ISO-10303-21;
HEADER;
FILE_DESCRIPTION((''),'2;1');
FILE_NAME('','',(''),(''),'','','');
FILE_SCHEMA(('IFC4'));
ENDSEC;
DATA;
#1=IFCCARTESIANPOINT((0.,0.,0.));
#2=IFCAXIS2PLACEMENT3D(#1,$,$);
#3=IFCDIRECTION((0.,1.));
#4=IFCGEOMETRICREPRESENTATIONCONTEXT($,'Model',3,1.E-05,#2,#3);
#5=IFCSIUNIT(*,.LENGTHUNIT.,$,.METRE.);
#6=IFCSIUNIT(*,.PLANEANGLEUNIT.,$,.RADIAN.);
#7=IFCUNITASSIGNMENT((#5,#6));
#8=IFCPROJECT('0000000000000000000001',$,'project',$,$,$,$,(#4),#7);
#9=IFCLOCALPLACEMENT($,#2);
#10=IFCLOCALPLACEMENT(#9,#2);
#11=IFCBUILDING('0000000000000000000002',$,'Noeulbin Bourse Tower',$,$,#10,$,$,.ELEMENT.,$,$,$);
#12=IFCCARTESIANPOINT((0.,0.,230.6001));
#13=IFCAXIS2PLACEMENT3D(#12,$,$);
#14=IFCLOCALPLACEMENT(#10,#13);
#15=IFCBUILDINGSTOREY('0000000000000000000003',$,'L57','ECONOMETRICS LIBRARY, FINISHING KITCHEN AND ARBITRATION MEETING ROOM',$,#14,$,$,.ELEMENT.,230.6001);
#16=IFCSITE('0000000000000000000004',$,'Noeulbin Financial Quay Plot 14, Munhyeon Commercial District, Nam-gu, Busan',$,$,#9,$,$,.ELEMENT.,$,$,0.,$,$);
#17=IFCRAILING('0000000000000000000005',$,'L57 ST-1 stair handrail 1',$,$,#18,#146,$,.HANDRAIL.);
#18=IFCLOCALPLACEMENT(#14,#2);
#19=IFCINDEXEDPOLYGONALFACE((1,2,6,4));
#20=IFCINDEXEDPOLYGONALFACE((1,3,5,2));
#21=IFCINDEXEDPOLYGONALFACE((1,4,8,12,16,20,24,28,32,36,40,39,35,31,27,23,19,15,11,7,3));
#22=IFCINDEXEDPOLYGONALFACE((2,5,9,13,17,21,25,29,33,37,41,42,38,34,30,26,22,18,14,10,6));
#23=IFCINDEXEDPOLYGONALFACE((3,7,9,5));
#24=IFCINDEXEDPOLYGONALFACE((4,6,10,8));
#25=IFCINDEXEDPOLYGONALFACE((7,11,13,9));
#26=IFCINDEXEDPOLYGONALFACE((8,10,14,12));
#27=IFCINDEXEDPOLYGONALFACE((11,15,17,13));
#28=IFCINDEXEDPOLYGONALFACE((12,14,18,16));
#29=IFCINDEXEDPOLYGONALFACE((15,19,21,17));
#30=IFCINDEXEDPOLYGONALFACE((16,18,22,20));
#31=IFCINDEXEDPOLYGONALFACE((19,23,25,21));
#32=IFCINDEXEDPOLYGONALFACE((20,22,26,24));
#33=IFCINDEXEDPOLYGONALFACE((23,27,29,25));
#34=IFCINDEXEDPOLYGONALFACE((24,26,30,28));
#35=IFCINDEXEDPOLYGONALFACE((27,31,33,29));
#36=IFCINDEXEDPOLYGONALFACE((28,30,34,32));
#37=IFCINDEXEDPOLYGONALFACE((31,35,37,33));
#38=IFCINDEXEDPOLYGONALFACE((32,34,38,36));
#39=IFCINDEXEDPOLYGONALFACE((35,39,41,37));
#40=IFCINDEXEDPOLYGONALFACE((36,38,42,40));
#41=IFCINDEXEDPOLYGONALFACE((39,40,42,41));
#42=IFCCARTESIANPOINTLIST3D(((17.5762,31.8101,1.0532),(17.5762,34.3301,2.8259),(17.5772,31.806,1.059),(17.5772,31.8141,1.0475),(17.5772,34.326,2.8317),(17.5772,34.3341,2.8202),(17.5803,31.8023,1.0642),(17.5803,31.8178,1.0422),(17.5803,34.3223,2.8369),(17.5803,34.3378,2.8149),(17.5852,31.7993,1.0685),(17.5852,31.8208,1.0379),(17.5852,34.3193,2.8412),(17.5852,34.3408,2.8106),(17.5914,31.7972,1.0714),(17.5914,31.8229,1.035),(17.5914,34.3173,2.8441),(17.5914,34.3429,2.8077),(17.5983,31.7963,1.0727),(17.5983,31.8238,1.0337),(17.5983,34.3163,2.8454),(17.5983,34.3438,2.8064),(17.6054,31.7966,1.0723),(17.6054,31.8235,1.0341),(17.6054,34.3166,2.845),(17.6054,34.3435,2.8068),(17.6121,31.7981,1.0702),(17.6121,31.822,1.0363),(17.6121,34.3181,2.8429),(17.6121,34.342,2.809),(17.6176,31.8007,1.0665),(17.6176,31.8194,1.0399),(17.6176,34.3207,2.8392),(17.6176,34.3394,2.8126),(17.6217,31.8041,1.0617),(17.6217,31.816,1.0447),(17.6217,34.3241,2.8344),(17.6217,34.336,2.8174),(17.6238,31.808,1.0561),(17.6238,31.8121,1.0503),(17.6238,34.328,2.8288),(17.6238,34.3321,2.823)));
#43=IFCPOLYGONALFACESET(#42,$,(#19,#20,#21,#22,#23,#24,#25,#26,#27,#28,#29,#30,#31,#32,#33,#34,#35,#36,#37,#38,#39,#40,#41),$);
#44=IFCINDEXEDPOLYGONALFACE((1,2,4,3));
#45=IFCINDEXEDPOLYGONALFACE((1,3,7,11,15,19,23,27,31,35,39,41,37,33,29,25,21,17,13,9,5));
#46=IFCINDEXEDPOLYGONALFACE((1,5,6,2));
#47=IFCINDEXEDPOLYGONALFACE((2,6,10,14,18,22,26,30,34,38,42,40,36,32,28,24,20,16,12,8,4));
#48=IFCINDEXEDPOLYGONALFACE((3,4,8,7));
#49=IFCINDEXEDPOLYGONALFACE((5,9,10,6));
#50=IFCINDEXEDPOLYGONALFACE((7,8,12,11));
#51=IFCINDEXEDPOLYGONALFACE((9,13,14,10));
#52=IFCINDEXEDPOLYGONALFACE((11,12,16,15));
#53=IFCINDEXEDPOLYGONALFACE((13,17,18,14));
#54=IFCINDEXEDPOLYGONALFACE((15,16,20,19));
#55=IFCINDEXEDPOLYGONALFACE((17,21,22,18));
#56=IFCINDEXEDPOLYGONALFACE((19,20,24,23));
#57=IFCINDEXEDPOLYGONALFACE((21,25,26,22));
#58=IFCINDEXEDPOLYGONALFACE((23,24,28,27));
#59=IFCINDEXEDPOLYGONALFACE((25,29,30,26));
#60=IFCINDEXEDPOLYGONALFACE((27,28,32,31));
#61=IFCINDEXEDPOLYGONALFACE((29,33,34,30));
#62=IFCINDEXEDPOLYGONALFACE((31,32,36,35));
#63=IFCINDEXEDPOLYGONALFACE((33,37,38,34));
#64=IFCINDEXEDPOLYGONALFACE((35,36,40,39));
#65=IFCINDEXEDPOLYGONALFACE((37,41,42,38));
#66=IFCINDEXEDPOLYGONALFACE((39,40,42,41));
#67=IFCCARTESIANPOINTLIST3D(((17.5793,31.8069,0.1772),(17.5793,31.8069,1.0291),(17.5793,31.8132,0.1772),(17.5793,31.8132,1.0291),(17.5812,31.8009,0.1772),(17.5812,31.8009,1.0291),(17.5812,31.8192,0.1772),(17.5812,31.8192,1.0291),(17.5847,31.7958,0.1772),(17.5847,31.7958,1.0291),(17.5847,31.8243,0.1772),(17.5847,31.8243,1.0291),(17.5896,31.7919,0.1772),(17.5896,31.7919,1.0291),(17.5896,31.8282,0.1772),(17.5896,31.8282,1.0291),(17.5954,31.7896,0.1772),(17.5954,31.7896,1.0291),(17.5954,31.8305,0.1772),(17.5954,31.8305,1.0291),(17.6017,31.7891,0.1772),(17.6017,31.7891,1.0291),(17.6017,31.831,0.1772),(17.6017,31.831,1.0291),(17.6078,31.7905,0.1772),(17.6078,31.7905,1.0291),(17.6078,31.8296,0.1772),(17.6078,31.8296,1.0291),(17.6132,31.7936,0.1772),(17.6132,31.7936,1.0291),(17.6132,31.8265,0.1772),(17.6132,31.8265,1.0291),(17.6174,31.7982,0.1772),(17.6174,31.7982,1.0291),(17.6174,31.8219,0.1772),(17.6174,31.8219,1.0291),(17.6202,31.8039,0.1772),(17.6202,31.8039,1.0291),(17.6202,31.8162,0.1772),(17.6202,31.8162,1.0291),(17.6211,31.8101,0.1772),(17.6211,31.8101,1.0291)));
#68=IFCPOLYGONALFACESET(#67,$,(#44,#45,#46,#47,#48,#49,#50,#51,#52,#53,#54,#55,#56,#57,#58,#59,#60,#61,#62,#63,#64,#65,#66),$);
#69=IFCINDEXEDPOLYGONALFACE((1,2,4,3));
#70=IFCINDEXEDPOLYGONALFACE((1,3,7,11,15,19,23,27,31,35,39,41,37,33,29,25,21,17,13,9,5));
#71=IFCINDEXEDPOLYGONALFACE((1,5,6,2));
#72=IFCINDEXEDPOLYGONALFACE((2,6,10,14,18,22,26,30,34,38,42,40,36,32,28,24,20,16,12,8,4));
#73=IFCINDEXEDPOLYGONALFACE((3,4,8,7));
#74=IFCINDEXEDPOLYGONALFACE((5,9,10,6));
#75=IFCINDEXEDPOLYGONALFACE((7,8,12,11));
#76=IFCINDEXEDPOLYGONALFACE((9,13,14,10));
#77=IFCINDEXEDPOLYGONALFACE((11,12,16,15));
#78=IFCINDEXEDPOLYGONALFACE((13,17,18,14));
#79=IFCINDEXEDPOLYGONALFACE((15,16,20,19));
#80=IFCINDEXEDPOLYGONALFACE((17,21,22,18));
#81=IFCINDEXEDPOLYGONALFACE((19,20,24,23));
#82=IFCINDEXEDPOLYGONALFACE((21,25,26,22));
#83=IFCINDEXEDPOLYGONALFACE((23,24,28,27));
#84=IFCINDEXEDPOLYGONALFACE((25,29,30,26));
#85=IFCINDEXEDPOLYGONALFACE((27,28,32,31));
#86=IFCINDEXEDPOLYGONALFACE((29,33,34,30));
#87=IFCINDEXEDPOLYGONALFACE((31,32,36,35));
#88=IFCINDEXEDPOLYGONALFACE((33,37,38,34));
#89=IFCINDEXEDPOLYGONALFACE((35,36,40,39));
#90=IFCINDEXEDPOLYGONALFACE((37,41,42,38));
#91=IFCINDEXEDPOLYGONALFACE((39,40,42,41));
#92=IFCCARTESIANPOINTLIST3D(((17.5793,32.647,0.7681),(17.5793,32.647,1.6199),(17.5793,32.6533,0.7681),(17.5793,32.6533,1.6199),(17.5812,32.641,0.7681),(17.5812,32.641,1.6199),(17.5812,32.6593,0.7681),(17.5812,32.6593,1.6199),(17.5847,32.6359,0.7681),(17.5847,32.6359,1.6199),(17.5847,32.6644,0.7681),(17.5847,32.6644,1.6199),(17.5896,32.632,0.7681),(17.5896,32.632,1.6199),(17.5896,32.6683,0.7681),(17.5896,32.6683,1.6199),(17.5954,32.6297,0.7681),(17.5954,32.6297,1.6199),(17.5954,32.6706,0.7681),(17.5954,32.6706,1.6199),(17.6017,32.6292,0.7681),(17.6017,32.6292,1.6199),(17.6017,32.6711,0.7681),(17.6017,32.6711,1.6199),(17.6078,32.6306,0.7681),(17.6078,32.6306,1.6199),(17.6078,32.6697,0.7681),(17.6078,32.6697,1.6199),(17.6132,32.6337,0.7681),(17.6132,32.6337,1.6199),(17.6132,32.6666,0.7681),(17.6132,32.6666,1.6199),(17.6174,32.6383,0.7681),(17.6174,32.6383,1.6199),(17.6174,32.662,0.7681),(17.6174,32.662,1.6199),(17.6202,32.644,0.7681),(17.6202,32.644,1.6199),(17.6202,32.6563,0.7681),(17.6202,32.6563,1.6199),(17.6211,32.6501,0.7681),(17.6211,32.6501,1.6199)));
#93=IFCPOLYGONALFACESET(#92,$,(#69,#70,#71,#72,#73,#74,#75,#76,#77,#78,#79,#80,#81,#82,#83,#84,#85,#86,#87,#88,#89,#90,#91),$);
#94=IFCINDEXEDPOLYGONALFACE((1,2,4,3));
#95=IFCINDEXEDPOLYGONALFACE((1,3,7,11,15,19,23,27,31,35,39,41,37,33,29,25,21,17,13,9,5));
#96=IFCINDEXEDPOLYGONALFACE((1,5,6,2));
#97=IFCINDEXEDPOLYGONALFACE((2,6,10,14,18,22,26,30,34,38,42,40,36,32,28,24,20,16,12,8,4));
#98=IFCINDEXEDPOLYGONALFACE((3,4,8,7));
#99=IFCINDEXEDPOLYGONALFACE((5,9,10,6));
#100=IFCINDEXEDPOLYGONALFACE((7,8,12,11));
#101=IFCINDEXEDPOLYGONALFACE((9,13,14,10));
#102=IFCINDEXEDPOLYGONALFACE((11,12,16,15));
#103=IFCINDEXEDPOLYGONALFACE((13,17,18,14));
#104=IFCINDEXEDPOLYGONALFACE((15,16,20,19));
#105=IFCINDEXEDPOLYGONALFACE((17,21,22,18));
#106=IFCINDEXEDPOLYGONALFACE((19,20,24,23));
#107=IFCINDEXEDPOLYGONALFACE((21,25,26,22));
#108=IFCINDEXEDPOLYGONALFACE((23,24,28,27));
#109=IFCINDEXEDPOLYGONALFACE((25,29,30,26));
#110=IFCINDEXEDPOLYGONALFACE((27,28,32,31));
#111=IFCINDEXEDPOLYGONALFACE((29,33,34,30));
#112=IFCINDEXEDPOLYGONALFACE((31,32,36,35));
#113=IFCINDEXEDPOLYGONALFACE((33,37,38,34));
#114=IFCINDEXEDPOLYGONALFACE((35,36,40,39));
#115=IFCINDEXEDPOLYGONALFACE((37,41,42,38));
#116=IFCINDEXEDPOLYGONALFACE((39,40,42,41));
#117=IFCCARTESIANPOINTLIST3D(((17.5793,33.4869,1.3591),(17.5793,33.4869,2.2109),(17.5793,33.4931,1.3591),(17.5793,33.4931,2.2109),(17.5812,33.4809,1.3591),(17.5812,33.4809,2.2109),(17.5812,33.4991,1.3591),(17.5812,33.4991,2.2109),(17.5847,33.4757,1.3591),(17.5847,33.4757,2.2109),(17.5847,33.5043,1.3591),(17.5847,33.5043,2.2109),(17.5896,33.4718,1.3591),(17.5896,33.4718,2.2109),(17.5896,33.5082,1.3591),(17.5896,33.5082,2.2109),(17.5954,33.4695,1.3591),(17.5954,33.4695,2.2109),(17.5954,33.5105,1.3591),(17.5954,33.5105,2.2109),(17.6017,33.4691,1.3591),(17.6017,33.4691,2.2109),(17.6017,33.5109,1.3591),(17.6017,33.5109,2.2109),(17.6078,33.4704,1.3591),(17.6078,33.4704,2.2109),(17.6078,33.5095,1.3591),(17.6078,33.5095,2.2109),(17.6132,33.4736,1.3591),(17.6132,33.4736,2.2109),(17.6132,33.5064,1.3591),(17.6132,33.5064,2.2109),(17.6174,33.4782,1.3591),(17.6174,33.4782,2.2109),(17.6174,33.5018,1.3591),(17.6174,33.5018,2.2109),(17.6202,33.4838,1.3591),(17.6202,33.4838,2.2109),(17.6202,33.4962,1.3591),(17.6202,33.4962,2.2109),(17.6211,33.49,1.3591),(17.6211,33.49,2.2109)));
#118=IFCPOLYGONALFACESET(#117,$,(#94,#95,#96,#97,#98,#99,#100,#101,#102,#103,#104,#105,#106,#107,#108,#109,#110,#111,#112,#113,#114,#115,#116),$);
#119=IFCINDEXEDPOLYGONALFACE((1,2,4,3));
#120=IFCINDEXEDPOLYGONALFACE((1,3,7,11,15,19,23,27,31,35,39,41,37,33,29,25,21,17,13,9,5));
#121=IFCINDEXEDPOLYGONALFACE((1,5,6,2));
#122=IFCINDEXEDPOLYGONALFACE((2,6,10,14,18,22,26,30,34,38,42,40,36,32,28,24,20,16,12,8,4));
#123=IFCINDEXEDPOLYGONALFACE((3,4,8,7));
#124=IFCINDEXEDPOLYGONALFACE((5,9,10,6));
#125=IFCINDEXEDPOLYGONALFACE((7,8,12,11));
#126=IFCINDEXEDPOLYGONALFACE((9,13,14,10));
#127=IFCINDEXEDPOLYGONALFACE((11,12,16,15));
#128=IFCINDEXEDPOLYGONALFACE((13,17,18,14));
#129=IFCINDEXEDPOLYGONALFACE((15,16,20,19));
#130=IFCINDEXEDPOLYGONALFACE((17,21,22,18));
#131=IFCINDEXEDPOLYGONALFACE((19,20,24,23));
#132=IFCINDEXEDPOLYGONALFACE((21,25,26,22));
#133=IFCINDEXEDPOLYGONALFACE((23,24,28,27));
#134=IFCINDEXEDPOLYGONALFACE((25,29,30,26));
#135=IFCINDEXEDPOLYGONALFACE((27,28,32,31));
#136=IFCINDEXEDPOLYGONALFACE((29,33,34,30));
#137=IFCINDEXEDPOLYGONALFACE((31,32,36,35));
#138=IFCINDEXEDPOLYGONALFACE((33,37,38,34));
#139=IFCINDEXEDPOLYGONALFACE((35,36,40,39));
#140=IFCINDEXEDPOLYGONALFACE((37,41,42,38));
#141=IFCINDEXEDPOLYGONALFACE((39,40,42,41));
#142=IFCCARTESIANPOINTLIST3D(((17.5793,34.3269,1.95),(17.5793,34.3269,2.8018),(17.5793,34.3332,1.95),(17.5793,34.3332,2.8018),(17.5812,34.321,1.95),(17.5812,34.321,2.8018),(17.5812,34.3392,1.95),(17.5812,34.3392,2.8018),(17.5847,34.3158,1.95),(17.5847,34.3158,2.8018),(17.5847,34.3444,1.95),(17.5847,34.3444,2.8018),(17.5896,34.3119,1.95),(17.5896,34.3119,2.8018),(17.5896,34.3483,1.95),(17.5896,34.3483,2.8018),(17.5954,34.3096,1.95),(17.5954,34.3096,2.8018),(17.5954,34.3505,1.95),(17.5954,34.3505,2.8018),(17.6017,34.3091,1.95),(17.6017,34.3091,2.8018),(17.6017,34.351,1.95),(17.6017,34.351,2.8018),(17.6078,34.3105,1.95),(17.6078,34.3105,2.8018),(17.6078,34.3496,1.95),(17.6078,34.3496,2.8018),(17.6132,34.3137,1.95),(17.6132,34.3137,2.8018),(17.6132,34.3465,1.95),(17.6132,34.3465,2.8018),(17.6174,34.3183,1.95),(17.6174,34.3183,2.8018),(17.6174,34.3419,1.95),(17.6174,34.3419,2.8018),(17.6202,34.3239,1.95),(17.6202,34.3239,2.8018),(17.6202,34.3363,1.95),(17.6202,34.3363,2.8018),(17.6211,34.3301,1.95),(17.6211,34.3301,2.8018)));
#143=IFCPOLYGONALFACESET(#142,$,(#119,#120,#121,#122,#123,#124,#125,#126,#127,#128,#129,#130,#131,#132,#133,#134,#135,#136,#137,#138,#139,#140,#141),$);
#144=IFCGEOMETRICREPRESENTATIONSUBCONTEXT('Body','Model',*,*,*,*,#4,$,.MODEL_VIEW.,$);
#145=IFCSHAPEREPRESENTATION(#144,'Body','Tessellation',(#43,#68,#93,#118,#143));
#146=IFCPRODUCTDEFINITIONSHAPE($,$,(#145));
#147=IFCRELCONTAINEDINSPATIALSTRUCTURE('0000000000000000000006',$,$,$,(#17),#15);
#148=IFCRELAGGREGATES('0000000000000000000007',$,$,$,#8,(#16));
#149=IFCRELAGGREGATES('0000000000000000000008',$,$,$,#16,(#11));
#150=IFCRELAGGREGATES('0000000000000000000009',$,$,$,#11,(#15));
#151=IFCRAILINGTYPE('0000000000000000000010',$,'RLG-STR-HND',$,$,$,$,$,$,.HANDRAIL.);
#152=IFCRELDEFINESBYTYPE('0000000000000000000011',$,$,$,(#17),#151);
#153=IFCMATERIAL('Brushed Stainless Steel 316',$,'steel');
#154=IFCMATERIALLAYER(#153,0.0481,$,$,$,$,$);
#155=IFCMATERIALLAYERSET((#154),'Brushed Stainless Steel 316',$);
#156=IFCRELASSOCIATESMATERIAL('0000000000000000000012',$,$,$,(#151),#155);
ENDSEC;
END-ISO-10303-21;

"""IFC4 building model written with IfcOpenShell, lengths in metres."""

from ifc_helpers import new_model, si_unit, direction, frame, origin, origin_2d, place, context, subcontext, project, spatial, circle, extrude, material, layer, layer_set, type_object, element, save


model = new_model("IFC4")

# Units and contexts
model_context = context("Model", 3, precision=1e-05, world=origin(), true_north=direction((0.0, 1.0)))
body_context = subcontext(model_context, "Body", "Model", "MODEL_VIEW")
ifc_project = project(units=[si_unit("LENGTHUNIT", "METRE"), si_unit("PLANEANGLEUNIT", "RADIAN")], contexts=[model_context])

# Site, building, storey
site_placement = place(None, origin())
site = spatial("IfcSite", under=ifc_project, at=site_placement, Name="Noeulbin Financial Quay Plot 14, Munhyeon Commercial District, Nam-gu, Busan", CompositionType="ELEMENT", RefElevation=0.0)
building_placement = place(site_placement, origin())
building = spatial("IfcBuilding", under=site, at=building_placement, Name="Noeulbin Bourse Tower", CompositionType="ELEMENT")
storey_placement = place(building_placement, frame((0.0, 0.0, 230.6001)))
storey = spatial("IfcBuildingStorey", under=building, at=storey_placement, Name="L57", Description="ECONOMETRICS LIBRARY, FINISHING KITCHEN AND ARBITRATION MEETING ROOM", CompositionType="ELEMENT", Elevation=230.6001)

# Railing
ifc_material_1 = material(Name="Brushed Stainless Steel 316", Category="steel")
ifc_layer_1 = layer(ifc_material_1, 0.0481)
ifc_layer_set_1 = layer_set([ifc_layer_1], Name="Brushed Stainless Steel 316")
railing_type_1 = type_object("IfcRailingType", Name="RLG-STR-HND", PredefinedType="HANDRAIL", material=ifc_layer_set_1)
railing_1_placement = place(storey_placement, frame((17.6001, 31.8101, 0.1772)))
element("IfcRailing", 1, at=railing_1_placement, inside=storey, type_object=railing_type_1, Name="L57 ST-1 stair handrail 1", PredefinedType="HANDRAIL", context=body_context, shape_type="SweptSolid", body=[
    extrude(circle(Radius=0.0239, at=origin_2d()), frame((0.0, 0.0, 0.876), z_axis=(0.0, 0.817904, 0.575354), x_axis=(-1.0, 0.0, 0.0)), (0.0, 0.0, 1.0), 3.0811),
    extrude(circle(Radius=0.021, at=origin_2d()), origin(), (0.0, 0.0, 1.0), 0.8518),
    extrude(circle(Radius=0.021, at=origin_2d()), frame((0.0, 0.8401, 0.5908)), (0.0, 0.0, 1.0), 0.8518),
    extrude(circle(Radius=0.021, at=origin_2d()), frame((0.0, 1.6799, 1.1819)), (0.0, 0.0, 1.0), 0.8518),
    extrude(circle(Radius=0.021, at=origin_2d()), frame((0.0, 2.52, 1.7727)), (0.0, 0.0, 1.0), 0.8518),
])

save(model, "model.ifc")
